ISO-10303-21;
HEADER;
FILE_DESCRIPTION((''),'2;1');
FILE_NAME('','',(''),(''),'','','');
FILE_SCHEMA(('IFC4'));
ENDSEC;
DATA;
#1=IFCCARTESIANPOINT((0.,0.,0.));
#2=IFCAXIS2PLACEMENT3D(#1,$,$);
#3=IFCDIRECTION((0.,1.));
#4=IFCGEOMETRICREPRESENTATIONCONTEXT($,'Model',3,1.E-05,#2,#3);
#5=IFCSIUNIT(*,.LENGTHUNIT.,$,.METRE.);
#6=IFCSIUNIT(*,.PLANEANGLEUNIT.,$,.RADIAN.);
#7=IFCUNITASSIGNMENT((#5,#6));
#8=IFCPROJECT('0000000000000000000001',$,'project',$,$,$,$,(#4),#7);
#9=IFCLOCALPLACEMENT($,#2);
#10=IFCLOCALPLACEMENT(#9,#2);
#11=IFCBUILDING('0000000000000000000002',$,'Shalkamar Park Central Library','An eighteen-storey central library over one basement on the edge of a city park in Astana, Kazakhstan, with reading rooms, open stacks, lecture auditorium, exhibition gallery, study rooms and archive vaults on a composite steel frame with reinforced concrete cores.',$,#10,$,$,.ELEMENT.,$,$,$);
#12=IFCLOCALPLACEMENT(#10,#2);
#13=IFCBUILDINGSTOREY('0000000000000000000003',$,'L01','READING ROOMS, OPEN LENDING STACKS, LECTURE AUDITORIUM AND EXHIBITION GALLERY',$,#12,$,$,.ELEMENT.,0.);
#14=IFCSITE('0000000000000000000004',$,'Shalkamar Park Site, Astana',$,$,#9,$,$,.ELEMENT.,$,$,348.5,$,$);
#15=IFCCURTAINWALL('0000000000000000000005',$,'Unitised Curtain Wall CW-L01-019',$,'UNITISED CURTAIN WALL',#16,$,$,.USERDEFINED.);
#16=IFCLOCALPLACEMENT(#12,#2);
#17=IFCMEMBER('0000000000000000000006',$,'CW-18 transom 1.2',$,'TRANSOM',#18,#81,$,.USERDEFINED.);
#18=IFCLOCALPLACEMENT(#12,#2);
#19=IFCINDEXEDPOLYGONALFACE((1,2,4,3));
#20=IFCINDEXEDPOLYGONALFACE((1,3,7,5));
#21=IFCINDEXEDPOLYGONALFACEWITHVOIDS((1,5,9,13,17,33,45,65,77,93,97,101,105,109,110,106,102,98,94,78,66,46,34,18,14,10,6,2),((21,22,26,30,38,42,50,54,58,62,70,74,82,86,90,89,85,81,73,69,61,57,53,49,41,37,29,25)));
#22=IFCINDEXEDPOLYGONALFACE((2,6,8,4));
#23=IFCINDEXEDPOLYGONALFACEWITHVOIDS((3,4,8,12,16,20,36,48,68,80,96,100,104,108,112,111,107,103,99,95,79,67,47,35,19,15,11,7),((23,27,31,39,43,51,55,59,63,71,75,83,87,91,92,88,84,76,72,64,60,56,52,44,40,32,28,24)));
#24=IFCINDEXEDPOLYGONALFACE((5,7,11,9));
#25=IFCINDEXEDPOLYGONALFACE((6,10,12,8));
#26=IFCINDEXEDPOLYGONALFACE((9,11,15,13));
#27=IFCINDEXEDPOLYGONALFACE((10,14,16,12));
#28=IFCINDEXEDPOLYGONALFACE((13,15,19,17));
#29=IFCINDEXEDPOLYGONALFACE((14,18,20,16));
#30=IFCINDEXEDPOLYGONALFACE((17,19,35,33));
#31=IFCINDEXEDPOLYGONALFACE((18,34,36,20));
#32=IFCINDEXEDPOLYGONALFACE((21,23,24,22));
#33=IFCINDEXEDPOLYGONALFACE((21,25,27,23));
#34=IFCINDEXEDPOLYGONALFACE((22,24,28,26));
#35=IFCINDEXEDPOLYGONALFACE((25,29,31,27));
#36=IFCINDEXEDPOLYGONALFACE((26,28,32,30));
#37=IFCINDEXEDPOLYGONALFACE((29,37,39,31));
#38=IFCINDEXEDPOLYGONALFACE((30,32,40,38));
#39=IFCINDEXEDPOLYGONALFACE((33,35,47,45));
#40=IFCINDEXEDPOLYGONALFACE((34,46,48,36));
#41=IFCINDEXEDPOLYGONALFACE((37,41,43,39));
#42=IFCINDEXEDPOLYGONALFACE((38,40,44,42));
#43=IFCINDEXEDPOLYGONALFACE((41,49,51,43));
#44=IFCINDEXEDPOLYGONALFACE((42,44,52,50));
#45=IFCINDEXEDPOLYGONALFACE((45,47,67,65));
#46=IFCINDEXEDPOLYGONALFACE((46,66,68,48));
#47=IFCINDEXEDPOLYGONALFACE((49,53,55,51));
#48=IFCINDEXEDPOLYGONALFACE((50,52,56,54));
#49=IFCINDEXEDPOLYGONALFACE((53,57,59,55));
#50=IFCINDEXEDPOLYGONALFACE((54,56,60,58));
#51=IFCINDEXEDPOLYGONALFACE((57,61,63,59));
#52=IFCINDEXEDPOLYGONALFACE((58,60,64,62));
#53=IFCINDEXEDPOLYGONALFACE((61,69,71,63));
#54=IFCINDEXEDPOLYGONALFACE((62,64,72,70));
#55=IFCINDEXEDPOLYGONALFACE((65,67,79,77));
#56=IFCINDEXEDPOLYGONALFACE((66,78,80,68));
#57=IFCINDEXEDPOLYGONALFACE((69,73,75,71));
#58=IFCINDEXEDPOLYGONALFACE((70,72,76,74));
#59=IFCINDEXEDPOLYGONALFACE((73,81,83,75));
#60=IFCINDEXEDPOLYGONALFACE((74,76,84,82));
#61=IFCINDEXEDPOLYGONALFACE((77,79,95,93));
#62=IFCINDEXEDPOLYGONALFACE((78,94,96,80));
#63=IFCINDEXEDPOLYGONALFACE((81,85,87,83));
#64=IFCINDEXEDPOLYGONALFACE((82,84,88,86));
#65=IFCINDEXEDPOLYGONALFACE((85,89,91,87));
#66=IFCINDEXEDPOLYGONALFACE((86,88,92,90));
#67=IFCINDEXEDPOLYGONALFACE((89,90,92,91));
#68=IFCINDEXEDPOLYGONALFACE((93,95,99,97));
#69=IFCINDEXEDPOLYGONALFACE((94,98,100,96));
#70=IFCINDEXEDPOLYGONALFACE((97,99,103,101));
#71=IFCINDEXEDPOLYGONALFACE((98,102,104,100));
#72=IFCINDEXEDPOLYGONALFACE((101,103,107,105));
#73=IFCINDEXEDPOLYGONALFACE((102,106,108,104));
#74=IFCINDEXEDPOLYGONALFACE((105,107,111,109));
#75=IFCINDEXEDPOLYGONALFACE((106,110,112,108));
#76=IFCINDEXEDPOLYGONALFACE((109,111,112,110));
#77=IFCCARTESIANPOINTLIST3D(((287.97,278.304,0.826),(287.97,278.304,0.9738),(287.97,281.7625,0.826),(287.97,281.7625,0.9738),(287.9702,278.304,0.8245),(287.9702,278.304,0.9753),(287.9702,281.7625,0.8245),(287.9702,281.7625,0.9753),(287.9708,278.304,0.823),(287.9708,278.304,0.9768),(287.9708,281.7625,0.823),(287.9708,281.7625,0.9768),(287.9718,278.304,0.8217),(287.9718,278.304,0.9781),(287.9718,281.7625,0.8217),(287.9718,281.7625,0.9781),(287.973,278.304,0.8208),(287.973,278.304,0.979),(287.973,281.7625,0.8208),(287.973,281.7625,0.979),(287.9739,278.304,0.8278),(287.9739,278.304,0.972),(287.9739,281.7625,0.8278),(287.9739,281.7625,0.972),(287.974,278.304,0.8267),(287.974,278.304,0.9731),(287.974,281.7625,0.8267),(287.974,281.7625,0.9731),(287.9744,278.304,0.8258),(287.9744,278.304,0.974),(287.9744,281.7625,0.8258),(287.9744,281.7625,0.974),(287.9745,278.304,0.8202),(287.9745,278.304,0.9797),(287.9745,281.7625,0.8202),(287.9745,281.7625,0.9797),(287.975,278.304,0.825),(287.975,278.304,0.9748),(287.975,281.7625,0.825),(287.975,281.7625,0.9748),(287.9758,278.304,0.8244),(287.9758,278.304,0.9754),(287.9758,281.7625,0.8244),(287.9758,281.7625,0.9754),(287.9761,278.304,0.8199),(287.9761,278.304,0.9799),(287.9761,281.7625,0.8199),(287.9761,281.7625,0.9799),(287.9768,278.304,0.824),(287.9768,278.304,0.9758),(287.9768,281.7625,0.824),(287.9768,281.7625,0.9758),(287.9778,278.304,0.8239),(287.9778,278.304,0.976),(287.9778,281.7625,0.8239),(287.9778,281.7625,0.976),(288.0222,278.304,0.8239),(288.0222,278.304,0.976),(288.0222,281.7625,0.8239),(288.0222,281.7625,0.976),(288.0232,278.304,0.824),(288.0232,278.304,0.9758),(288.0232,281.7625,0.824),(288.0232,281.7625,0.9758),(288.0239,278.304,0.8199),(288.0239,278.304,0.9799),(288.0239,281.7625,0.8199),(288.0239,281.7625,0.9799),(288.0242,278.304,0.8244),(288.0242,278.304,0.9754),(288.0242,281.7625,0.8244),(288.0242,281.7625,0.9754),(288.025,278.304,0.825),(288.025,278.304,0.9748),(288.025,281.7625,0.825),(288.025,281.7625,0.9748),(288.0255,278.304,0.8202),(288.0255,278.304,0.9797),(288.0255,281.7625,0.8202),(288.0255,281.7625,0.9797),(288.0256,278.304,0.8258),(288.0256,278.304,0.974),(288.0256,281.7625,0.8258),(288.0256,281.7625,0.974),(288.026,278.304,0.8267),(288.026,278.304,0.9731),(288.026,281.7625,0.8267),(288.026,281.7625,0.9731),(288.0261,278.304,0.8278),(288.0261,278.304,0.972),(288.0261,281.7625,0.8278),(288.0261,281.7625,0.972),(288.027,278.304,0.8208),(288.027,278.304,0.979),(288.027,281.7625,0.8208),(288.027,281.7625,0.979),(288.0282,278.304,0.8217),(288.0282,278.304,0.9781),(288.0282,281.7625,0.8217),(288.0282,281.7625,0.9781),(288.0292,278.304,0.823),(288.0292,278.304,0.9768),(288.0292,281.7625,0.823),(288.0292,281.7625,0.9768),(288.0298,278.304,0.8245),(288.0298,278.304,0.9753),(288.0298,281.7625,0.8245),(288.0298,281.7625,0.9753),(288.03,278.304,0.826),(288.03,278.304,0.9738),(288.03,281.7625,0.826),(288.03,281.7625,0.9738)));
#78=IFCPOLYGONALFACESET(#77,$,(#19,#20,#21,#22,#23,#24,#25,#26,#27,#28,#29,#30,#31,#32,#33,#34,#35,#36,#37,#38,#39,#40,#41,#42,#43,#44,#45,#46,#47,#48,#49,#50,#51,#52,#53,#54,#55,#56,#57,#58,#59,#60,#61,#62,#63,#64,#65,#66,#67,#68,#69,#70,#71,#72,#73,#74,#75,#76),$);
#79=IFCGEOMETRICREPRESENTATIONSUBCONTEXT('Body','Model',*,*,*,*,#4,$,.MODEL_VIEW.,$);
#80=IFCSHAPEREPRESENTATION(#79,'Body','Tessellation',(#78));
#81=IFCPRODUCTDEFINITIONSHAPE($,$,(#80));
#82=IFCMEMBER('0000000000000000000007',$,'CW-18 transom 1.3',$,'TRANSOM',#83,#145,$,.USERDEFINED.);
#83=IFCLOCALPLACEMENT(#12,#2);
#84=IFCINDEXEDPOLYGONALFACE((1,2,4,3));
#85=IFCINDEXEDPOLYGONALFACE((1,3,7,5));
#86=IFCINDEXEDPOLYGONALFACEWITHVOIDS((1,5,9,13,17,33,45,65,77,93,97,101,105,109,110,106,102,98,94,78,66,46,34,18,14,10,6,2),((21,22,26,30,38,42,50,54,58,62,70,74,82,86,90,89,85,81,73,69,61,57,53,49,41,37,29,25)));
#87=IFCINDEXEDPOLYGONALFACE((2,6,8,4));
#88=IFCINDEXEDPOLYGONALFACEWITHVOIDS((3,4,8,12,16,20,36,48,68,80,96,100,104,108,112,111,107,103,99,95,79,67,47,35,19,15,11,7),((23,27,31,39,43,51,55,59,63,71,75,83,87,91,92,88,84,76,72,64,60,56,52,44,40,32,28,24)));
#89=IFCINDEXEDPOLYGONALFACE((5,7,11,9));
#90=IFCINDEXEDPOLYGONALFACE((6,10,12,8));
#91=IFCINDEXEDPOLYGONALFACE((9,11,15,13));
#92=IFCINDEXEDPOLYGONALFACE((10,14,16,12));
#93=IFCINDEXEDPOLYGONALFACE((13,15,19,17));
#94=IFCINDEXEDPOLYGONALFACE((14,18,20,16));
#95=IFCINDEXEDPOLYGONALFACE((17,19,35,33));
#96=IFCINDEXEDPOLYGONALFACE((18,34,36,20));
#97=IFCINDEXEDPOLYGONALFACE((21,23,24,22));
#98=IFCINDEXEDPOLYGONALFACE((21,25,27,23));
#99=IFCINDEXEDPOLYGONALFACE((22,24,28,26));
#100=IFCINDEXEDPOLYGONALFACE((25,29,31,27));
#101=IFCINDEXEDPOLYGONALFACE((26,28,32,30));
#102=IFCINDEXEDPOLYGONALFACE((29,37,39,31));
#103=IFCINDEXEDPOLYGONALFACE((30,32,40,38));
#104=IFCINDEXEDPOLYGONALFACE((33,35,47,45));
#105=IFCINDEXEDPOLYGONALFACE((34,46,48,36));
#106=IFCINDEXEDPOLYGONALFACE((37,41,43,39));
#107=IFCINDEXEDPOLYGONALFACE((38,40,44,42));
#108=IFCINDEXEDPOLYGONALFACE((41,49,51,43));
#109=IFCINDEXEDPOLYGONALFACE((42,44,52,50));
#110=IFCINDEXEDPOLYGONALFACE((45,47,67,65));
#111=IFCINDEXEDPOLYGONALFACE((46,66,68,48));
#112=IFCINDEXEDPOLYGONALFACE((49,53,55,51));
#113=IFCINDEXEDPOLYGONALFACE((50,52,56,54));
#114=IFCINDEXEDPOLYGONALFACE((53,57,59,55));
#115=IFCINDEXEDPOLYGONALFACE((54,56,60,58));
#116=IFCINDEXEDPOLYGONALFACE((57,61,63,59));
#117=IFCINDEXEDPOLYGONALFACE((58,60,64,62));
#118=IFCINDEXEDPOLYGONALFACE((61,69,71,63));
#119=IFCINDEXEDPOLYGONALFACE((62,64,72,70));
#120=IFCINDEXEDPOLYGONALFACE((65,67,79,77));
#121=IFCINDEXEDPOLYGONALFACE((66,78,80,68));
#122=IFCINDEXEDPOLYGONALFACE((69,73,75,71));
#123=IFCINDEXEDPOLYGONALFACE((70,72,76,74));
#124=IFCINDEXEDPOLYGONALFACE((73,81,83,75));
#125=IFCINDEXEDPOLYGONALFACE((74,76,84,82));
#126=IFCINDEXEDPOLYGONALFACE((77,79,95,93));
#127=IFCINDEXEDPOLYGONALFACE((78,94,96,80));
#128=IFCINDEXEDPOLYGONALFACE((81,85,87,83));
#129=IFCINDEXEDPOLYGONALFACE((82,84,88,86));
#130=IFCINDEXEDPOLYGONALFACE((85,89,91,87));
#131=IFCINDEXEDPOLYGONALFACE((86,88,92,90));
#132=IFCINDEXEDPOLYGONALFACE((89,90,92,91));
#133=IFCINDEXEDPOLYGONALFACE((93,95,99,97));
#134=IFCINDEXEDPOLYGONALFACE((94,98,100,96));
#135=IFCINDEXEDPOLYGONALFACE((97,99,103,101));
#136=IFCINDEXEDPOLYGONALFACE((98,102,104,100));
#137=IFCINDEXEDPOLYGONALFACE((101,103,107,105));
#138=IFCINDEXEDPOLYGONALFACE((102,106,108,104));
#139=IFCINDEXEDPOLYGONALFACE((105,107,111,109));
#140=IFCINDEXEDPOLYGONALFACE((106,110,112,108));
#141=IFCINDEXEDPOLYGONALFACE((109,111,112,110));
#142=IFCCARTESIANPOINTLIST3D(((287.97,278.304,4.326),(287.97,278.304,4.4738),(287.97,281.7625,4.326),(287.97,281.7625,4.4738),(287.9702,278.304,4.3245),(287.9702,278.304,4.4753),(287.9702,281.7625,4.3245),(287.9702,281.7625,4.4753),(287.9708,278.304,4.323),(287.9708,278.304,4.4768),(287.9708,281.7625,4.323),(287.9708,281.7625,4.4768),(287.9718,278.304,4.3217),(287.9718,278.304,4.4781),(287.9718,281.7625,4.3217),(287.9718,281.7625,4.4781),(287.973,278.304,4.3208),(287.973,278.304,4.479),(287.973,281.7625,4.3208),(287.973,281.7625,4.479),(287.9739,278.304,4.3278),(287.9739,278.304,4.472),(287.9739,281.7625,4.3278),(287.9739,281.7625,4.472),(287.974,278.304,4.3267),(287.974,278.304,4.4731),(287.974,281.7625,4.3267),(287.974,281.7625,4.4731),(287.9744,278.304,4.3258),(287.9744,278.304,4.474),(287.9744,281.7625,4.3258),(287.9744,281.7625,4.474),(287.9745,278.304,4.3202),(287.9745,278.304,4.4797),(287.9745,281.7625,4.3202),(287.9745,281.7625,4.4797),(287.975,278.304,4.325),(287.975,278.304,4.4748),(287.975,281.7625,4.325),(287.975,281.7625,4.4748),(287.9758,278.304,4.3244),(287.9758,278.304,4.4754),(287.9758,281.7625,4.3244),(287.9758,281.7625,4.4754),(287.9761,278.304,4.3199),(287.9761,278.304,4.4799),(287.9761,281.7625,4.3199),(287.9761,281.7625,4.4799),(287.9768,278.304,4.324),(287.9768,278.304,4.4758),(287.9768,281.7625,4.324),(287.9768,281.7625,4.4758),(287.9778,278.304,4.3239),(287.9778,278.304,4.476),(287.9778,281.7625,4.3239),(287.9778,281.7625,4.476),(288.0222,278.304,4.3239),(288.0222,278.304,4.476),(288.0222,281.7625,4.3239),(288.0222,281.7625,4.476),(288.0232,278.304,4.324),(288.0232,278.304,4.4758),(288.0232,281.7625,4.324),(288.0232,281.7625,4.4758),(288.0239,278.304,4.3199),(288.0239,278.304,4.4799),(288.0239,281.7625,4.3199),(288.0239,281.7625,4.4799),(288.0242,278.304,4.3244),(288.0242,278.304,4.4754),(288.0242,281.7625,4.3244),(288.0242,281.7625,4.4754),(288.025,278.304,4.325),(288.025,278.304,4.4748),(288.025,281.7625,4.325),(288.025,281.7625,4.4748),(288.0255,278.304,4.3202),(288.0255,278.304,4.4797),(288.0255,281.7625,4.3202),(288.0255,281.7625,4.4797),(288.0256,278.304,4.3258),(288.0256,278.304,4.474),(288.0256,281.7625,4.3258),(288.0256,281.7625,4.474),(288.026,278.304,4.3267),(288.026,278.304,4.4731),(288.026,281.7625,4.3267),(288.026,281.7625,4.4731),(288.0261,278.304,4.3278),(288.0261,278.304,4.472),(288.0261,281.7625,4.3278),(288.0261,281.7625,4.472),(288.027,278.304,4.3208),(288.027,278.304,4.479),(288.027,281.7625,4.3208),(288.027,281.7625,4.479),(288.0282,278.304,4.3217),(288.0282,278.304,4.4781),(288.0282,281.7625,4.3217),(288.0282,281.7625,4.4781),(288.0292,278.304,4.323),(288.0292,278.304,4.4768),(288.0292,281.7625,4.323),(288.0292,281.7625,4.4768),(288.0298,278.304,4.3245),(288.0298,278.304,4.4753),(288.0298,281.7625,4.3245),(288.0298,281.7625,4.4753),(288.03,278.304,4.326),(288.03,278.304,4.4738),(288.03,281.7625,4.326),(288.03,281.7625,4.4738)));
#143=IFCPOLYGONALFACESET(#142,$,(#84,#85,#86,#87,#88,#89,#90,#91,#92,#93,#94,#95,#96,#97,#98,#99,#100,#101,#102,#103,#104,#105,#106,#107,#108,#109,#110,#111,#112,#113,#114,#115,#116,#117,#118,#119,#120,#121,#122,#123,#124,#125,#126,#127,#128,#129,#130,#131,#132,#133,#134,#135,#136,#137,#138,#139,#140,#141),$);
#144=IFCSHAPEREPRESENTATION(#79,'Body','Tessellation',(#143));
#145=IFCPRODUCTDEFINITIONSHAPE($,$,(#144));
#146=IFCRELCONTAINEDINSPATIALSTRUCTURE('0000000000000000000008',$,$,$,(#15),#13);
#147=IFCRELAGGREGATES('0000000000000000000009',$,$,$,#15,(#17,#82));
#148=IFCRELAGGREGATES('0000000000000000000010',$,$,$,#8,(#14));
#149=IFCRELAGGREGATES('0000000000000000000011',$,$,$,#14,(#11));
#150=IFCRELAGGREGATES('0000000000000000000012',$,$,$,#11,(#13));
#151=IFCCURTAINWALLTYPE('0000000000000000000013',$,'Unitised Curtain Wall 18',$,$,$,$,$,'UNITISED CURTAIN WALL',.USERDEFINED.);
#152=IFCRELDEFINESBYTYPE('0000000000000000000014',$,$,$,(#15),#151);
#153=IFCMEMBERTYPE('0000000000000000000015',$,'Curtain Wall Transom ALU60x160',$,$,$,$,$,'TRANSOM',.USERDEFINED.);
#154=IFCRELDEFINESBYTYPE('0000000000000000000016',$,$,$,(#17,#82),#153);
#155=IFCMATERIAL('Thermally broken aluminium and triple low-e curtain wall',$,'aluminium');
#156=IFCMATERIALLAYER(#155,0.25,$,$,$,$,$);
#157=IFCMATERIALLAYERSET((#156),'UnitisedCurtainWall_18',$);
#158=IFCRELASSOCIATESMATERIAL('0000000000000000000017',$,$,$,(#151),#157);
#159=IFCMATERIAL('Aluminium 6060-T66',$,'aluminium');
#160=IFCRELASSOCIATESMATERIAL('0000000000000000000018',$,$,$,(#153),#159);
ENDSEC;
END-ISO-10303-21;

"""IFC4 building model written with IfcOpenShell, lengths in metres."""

from ifc_helpers import new_model, si_unit, direction, frame, origin, origin_2d, place, context, subcontext, project, spatial, hollow_rectangle, extrude, material, layer, layer_set, material_profile, profile_set, type_object, element, aggregate, save


model = new_model("IFC4")

# Units and contexts
model_context = context("Model", 3, precision=1e-05, world=origin(), true_north=direction((0.0, 1.0)))
body_context = subcontext(model_context, "Body", "Model", "MODEL_VIEW")
ifc_project = project(units=[si_unit("LENGTHUNIT", "METRE"), si_unit("PLANEANGLEUNIT", "RADIAN")], contexts=[model_context])

# Site, building, storey
site_placement = place(None, origin())
site = spatial("IfcSite", under=ifc_project, at=site_placement, Name="Shalkamar Park Site, Astana", CompositionType="ELEMENT", RefElevation=348.5)
building_placement = place(site_placement, origin())
building = spatial("IfcBuilding", under=site, at=building_placement, Name="Shalkamar Park Central Library", Description="An eighteen-storey central library over one basement on the edge of a city park in Astana, Kazakhstan, with reading rooms, open stacks, lecture auditorium, exhibition gallery, study rooms and archive vaults on a composite steel frame with reinforced concrete cores.", CompositionType="ELEMENT")
storey_placement = place(building_placement, origin())
storey = spatial("IfcBuildingStorey", under=building, at=storey_placement, Name="L01", Description="READING ROOMS, OPEN LENDING STACKS, LECTURE AUDITORIUM AND EXHIBITION GALLERY", CompositionType="ELEMENT", Elevation=0.0)

# Curtain wall, members
ifc_material_1 = material(Name="Thermally broken aluminium and triple low-e curtain wall", Category="aluminium")
ifc_layer_1 = layer(ifc_material_1, 0.25)
ifc_layer_set_1 = layer_set([ifc_layer_1], Name="UnitisedCurtainWall_18")
curtain_wall_type = type_object("IfcCurtainWallType", Name="Unitised Curtain Wall 18", ElementType="UNITISED CURTAIN WALL", PredefinedType="USERDEFINED", material=ifc_layer_set_1)
curtain_wall_placement = place(storey_placement, origin())
curtain_wall = element("IfcCurtainWall", 1, at=curtain_wall_placement, inside=storey, type_object=curtain_wall_type, Name="Unitised Curtain Wall CW-L01-019", ObjectType="UNITISED CURTAIN WALL", PredefinedType="USERDEFINED")
ifc_material_2 = material(Name="Aluminium 6060-T66", Category="aluminium")
ifc_material_profile_1 = material_profile(ifc_material_2, hollow_rectangle(XDim=0.0601, YDim=0.1599, WallThickness=0.0039, InnerFilletRadius=0.0039, OuterFilletRadius=0.0061, at=origin_2d()), Name="ALU 60x160x4")
ifc_profile_set_1 = profile_set([ifc_material_profile_1], Name="Aluminium 6060-T66")
member_type_1 = type_object("IfcMemberType", Name="Curtain Wall Transom ALU60x160", ElementType="TRANSOM", PredefinedType="USERDEFINED", material=ifc_profile_set_1)
member_1_placement = place(storey_placement, frame((288.0, 278.304, 0.8999), z_axis=(0.0, 1.0, 0.0), x_axis=(-1.0, 0.0, 0.0)))
member_1 = element("IfcMember", 2, at=member_1_placement, type_object=member_type_1, Name="CW-18 transom 1.2", ObjectType="TRANSOM", PredefinedType="USERDEFINED", context=body_context, shape_type="SweptSolid", body=[
    extrude(hollow_rectangle(XDim=0.0601, YDim=0.1599, WallThickness=0.0039, InnerFilletRadius=0.0039, OuterFilletRadius=0.0061, at=origin_2d()), origin(), (0.0, 0.0, 1.0), 3.4585),
])
member_2_placement = place(storey_placement, frame((288.0, 278.304, 4.3999), z_axis=(0.0, 1.0, 0.0), x_axis=(-1.0, 0.0, 0.0)))
member_2 = element("IfcMember", 3, at=member_2_placement, type_object=member_type_1, Name="CW-18 transom 1.3", ObjectType="TRANSOM", PredefinedType="USERDEFINED", context=body_context, shape_type="SweptSolid", body=[
    extrude(hollow_rectangle(XDim=0.0601, YDim=0.1599, WallThickness=0.0039, InnerFilletRadius=0.0039, OuterFilletRadius=0.0061, at=origin_2d()), origin(), (0.0, 0.0, 1.0), 3.4585),
])

aggregate(curtain_wall, [member_1, member_2])

save(model, "model.ifc")
